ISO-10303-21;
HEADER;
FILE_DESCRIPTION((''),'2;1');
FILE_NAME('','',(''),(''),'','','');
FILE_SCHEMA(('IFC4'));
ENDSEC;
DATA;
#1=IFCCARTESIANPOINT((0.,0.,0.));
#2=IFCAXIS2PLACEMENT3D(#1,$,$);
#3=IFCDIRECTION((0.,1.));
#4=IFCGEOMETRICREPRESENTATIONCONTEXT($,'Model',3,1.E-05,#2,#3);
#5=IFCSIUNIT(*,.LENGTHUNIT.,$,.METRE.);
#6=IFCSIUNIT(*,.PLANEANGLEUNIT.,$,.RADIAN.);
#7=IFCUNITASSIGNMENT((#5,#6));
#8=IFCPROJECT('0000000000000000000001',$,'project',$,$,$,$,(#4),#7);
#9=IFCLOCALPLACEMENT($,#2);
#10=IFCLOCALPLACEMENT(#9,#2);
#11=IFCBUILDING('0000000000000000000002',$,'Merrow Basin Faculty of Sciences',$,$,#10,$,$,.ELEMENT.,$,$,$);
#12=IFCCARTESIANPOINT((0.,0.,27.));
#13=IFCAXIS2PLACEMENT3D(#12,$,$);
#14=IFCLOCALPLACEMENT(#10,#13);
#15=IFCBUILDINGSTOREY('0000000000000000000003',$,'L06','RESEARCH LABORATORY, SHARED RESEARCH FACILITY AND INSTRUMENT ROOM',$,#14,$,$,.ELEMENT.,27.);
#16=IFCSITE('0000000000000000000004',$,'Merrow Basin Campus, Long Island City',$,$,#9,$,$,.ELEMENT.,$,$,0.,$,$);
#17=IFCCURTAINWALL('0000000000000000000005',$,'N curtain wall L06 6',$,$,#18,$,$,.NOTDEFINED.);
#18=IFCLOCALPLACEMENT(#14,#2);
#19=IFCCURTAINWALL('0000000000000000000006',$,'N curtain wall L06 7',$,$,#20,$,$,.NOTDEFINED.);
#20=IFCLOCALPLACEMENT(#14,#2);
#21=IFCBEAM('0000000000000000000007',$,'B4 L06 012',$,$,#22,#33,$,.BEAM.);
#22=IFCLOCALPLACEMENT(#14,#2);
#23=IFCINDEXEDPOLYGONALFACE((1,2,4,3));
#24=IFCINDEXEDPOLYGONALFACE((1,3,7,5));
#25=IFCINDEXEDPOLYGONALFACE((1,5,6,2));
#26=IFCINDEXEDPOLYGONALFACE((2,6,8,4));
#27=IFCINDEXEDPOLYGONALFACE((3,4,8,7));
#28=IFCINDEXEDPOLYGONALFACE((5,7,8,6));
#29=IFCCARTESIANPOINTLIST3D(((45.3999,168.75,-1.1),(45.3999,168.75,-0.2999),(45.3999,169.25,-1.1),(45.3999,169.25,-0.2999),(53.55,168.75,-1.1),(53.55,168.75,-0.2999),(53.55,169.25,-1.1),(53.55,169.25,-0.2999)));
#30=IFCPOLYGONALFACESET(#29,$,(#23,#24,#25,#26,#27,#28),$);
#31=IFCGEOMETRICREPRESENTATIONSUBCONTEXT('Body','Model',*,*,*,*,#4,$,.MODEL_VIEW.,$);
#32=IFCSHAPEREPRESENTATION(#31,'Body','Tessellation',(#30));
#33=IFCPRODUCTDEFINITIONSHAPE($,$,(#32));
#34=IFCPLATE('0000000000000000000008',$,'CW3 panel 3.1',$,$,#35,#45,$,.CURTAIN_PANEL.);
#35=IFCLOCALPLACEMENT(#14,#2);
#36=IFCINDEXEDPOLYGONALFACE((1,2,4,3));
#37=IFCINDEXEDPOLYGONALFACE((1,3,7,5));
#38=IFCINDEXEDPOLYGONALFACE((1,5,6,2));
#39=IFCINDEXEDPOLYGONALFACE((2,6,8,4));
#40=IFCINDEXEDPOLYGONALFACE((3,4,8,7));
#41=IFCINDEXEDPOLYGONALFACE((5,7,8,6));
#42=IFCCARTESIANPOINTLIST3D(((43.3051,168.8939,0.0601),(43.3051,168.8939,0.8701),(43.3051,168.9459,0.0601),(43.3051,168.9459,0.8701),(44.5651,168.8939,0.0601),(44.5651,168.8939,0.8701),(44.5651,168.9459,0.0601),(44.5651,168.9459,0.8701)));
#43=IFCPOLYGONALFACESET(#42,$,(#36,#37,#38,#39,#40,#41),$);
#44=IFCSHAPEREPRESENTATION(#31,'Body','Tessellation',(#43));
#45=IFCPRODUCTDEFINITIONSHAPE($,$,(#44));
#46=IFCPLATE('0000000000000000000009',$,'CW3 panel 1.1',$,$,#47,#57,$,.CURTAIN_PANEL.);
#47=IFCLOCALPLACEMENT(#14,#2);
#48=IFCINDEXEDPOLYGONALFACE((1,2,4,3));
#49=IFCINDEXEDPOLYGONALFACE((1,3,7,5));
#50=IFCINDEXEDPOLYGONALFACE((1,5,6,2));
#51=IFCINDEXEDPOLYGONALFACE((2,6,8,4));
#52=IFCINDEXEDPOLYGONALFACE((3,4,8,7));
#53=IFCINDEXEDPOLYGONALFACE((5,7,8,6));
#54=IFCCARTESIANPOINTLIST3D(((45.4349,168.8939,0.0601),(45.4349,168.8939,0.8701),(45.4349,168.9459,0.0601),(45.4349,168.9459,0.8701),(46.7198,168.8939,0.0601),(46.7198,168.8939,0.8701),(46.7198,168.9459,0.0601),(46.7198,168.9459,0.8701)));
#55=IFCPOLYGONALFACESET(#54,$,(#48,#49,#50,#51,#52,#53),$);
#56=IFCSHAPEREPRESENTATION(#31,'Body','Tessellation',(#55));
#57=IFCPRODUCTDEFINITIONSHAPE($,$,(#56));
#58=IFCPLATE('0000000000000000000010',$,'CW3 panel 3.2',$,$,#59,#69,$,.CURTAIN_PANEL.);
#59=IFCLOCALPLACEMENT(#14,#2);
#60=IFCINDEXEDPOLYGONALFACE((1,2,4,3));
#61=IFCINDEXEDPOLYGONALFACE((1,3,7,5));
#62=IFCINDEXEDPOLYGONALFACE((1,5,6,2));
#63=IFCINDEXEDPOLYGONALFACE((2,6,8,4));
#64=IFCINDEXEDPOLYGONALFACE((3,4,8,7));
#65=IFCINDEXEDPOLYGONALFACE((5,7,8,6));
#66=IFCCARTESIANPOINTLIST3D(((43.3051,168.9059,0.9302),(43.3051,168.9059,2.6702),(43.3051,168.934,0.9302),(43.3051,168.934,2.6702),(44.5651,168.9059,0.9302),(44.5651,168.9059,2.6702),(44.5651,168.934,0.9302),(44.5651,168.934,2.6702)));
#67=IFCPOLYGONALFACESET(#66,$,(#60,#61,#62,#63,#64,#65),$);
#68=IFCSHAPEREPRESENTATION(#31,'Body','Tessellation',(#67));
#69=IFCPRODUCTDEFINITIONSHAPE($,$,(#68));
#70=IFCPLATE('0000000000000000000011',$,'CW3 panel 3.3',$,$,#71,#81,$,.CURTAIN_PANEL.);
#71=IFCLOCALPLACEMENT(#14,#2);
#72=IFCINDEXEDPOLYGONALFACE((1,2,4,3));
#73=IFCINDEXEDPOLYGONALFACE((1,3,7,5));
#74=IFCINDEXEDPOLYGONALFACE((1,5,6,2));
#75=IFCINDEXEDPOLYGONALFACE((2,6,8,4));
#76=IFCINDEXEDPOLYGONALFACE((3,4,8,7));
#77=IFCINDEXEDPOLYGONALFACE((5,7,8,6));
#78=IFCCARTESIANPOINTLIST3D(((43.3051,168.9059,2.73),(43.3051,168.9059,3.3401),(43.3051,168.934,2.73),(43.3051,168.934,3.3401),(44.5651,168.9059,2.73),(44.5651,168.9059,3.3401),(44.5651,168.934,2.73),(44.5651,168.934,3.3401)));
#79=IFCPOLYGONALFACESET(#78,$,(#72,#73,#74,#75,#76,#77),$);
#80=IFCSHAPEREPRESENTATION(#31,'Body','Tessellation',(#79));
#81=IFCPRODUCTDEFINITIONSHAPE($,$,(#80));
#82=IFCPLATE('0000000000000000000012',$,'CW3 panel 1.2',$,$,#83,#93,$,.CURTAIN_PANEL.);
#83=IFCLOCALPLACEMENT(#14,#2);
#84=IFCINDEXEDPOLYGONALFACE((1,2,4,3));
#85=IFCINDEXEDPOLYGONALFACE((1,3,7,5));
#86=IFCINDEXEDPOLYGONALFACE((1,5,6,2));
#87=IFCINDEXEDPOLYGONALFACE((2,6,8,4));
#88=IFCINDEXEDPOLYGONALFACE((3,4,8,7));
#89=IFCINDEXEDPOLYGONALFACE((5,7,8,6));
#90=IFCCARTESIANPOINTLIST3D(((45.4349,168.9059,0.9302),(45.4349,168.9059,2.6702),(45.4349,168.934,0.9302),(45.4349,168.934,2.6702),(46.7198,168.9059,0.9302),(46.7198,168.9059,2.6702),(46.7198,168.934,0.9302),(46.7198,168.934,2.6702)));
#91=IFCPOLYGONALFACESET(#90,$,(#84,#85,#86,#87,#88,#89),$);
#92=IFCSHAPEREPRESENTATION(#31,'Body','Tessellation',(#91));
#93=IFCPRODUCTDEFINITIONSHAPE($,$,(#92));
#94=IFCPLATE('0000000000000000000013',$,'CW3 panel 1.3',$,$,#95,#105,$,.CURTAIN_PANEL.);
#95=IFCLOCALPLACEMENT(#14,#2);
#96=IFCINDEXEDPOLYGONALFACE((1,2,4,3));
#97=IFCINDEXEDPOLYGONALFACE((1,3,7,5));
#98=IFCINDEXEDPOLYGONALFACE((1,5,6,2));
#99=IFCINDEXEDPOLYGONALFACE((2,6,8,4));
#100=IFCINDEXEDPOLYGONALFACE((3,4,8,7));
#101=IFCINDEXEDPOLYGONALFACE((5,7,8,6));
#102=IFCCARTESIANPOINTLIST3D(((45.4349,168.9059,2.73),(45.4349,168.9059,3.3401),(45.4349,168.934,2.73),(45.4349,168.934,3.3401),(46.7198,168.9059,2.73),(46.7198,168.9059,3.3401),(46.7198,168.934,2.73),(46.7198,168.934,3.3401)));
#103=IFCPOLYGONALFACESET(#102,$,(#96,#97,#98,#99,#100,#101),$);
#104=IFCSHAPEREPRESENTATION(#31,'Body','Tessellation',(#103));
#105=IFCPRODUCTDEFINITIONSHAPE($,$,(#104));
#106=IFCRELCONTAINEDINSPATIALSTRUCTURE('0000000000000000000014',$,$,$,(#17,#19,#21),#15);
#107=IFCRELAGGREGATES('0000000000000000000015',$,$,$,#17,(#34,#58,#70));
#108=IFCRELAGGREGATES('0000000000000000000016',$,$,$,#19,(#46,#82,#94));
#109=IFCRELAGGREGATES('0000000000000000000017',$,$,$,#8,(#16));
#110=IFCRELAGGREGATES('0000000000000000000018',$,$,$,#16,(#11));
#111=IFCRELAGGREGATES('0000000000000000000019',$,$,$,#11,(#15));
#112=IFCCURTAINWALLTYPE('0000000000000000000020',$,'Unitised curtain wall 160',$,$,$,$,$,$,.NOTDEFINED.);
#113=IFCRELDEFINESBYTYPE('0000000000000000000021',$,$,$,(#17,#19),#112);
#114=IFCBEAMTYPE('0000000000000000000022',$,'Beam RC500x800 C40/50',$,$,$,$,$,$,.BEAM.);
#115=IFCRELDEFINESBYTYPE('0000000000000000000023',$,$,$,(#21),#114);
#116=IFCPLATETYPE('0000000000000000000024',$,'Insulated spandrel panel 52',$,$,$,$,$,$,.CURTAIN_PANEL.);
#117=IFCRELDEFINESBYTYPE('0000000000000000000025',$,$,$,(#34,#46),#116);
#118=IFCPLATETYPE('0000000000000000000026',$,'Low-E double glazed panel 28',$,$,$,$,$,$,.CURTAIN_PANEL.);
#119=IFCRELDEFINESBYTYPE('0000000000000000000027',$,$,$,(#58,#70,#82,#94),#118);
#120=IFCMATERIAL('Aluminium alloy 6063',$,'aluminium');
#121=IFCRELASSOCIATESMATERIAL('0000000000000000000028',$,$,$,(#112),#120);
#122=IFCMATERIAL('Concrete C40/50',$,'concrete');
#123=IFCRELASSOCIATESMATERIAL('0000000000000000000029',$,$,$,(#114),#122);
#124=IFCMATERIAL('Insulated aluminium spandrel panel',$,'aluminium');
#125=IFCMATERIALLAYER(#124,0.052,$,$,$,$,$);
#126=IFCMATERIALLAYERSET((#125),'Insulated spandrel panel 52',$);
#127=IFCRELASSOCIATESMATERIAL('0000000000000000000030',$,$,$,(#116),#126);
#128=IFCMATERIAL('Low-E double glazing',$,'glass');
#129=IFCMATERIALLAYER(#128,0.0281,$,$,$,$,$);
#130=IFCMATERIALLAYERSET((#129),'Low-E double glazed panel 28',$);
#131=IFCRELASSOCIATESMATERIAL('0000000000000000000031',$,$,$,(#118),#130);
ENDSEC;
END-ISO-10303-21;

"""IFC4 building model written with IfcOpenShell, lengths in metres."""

from ifc_helpers import new_model, si_unit, direction, frame, origin, origin_2d, place, context, subcontext, project, spatial, rectangle, extrude, material, layer, layer_set, material_profile, profile_set, type_object, element, aggregate, save


model = new_model("IFC4")

# Units and contexts
model_context = context("Model", 3, precision=1e-05, world=origin(), true_north=direction((0.0, 1.0)))
body_context = subcontext(model_context, "Body", "Model", "MODEL_VIEW")
ifc_project = project(units=[si_unit("LENGTHUNIT", "METRE"), si_unit("PLANEANGLEUNIT", "RADIAN")], contexts=[model_context])

# Site, building, storey
site_placement = place(None, origin())
site = spatial("IfcSite", under=ifc_project, at=site_placement, Name="Merrow Basin Campus, Long Island City", CompositionType="ELEMENT", RefElevation=0.0)
building_placement = place(site_placement, origin())
building = spatial("IfcBuilding", under=site, at=building_placement, Name="Merrow Basin Faculty of Sciences", CompositionType="ELEMENT")
storey_placement = place(building_placement, frame((0.0, 0.0, 27.0)))
storey = spatial("IfcBuildingStorey", under=building, at=storey_placement, Name="L06", Description="RESEARCH LABORATORY, SHARED RESEARCH FACILITY AND INSTRUMENT ROOM", CompositionType="ELEMENT", Elevation=27.0)

# Curtain wall
ifc_material_1 = material(Name="Aluminium alloy 6063", Category="aluminium")
curtain_wall_type = type_object("IfcCurtainWallType", Name="Unitised curtain wall 160", PredefinedType="NOTDEFINED", material=ifc_material_1)
curtain_wall_1_placement = place(storey_placement, origin())
curtain_wall_1 = element("IfcCurtainWall", 1, at=curtain_wall_1_placement, inside=storey, type_object=curtain_wall_type, Name="N curtain wall L06 6", PredefinedType="NOTDEFINED")

# Curtain wall
curtain_wall_2_placement = place(storey_placement, origin())
curtain_wall_2 = element("IfcCurtainWall", 2, at=curtain_wall_2_placement, inside=storey, type_object=curtain_wall_type, Name="N curtain wall L06 7", PredefinedType="NOTDEFINED")

# Beam
ifc_material_2 = material(Name="Concrete C40/50", Category="concrete")
ifc_material_profile_1 = material_profile(ifc_material_2, rectangle(XDim=0.5, YDim=0.8, at=origin_2d()))
ifc_profile_set_1 = profile_set([ifc_material_profile_1], Name="Concrete C40/50")
beam_type = type_object("IfcBeamType", Name="Beam RC500x800 C40/50", PredefinedType="BEAM", material=ifc_profile_set_1)
beam_placement = place(storey_placement, frame((45.3999, 169.0, -0.7), z_axis=(1.0, 0.0, 0.0), x_axis=(0.0, 1.0, 0.0)))
element("IfcBeam", 3, at=beam_placement, inside=storey, type_object=beam_type, Name="B4 L06 012", PredefinedType="BEAM", context=body_context, shape_type="SweptSolid", body=[
    extrude(rectangle(XDim=0.5, YDim=0.8, at=origin_2d()), origin(), (0.0, 0.0, 1.0), 8.1501),
])

# Plates
ifc_material_3 = material(Name="Insulated aluminium spandrel panel", Category="aluminium")
ifc_layer_1 = layer(ifc_material_3, 0.052)
ifc_layer_set_1 = layer_set([ifc_layer_1], Name="Insulated spandrel panel 52")
plate_type_1 = type_object("IfcPlateType", Name="Insulated spandrel panel 52", PredefinedType="CURTAIN_PANEL", material=ifc_layer_set_1)
plate_1_placement = place(storey_placement, frame((43.9351, 168.9199, 0.0601), z_axis=(0.0, 0.0, 1.0), x_axis=(1.0, 0.0, 0.0)))
plate_1 = element("IfcPlate", 4, at=plate_1_placement, type_object=plate_type_1, Name="CW3 panel 3.1", PredefinedType="CURTAIN_PANEL", context=body_context, shape_type="SweptSolid", body=[
    extrude(rectangle(XDim=1.26, YDim=0.052, at=origin_2d()), origin(), (0.0, 0.0, 1.0), 0.8101),
])
plate_2_placement = place(storey_placement, frame((46.0774, 168.9199, 0.0601), z_axis=(0.0, 0.0, 1.0), x_axis=(1.0, 0.0, 0.0)))
plate_2 = element("IfcPlate", 5, at=plate_2_placement, type_object=plate_type_1, Name="CW3 panel 1.1", PredefinedType="CURTAIN_PANEL", context=body_context, shape_type="SweptSolid", body=[
    extrude(rectangle(XDim=1.2849, YDim=0.052, at=origin_2d()), origin(), (0.0, 0.0, 1.0), 0.8101),
])
ifc_material_4 = material(Name="Low-E double glazing", Category="glass")
ifc_layer_2 = layer(ifc_material_4, 0.0281)
ifc_layer_set_2 = layer_set([ifc_layer_2], Name="Low-E double glazed panel 28")
plate_type_2 = type_object("IfcPlateType", Name="Low-E double glazed panel 28", PredefinedType="CURTAIN_PANEL", material=ifc_layer_set_2)
plate_3_placement = place(storey_placement, frame((43.9351, 168.9199, 0.9302), z_axis=(0.0, 0.0, 1.0), x_axis=(1.0, 0.0, 0.0)))
plate_3 = element("IfcPlate", 6, at=plate_3_placement, type_object=plate_type_2, Name="CW3 panel 3.2", PredefinedType="CURTAIN_PANEL", context=body_context, shape_type="SweptSolid", body=[
    extrude(rectangle(XDim=1.26, YDim=0.0281, at=origin_2d()), origin(), (0.0, 0.0, 1.0), 1.74),
])
plate_4_placement = place(storey_placement, frame((43.9351, 168.9199, 2.73), z_axis=(0.0, 0.0, 1.0), x_axis=(1.0, 0.0, 0.0)))
plate_4 = element("IfcPlate", 7, at=plate_4_placement, type_object=plate_type_2, Name="CW3 panel 3.3", PredefinedType="CURTAIN_PANEL", context=body_context, shape_type="SweptSolid", body=[
    extrude(rectangle(XDim=1.26, YDim=0.0281, at=origin_2d()), origin(), (0.0, 0.0, 1.0), 0.6101),
])
aggregate(curtain_wall_1, [plate_1, plate_3, plate_4])
plate_5_placement = place(storey_placement, frame((46.0774, 168.9199, 0.9302), z_axis=(0.0, 0.0, 1.0), x_axis=(1.0, 0.0, 0.0)))
plate_5 = element("IfcPlate", 8, at=plate_5_placement, type_object=plate_type_2, Name="CW3 panel 1.2", PredefinedType="CURTAIN_PANEL", context=body_context, shape_type="SweptSolid", body=[
    extrude(rectangle(XDim=1.2849, YDim=0.0281, at=origin_2d()), origin(), (0.0, 0.0, 1.0), 1.74),
])
plate_6_placement = place(storey_placement, frame((46.0774, 168.9199, 2.73), z_axis=(0.0, 0.0, 1.0), x_axis=(1.0, 0.0, 0.0)))
plate_6 = element("IfcPlate", 9, at=plate_6_placement, type_object=plate_type_2, Name="CW3 panel 1.3", PredefinedType="CURTAIN_PANEL", context=body_context, shape_type="SweptSolid", body=[
    extrude(rectangle(XDim=1.2849, YDim=0.0281, at=origin_2d()), origin(), (0.0, 0.0, 1.0), 0.6101),
])
aggregate(curtain_wall_2, [plate_2, plate_5, plate_6])

save(model, "model.ifc")
